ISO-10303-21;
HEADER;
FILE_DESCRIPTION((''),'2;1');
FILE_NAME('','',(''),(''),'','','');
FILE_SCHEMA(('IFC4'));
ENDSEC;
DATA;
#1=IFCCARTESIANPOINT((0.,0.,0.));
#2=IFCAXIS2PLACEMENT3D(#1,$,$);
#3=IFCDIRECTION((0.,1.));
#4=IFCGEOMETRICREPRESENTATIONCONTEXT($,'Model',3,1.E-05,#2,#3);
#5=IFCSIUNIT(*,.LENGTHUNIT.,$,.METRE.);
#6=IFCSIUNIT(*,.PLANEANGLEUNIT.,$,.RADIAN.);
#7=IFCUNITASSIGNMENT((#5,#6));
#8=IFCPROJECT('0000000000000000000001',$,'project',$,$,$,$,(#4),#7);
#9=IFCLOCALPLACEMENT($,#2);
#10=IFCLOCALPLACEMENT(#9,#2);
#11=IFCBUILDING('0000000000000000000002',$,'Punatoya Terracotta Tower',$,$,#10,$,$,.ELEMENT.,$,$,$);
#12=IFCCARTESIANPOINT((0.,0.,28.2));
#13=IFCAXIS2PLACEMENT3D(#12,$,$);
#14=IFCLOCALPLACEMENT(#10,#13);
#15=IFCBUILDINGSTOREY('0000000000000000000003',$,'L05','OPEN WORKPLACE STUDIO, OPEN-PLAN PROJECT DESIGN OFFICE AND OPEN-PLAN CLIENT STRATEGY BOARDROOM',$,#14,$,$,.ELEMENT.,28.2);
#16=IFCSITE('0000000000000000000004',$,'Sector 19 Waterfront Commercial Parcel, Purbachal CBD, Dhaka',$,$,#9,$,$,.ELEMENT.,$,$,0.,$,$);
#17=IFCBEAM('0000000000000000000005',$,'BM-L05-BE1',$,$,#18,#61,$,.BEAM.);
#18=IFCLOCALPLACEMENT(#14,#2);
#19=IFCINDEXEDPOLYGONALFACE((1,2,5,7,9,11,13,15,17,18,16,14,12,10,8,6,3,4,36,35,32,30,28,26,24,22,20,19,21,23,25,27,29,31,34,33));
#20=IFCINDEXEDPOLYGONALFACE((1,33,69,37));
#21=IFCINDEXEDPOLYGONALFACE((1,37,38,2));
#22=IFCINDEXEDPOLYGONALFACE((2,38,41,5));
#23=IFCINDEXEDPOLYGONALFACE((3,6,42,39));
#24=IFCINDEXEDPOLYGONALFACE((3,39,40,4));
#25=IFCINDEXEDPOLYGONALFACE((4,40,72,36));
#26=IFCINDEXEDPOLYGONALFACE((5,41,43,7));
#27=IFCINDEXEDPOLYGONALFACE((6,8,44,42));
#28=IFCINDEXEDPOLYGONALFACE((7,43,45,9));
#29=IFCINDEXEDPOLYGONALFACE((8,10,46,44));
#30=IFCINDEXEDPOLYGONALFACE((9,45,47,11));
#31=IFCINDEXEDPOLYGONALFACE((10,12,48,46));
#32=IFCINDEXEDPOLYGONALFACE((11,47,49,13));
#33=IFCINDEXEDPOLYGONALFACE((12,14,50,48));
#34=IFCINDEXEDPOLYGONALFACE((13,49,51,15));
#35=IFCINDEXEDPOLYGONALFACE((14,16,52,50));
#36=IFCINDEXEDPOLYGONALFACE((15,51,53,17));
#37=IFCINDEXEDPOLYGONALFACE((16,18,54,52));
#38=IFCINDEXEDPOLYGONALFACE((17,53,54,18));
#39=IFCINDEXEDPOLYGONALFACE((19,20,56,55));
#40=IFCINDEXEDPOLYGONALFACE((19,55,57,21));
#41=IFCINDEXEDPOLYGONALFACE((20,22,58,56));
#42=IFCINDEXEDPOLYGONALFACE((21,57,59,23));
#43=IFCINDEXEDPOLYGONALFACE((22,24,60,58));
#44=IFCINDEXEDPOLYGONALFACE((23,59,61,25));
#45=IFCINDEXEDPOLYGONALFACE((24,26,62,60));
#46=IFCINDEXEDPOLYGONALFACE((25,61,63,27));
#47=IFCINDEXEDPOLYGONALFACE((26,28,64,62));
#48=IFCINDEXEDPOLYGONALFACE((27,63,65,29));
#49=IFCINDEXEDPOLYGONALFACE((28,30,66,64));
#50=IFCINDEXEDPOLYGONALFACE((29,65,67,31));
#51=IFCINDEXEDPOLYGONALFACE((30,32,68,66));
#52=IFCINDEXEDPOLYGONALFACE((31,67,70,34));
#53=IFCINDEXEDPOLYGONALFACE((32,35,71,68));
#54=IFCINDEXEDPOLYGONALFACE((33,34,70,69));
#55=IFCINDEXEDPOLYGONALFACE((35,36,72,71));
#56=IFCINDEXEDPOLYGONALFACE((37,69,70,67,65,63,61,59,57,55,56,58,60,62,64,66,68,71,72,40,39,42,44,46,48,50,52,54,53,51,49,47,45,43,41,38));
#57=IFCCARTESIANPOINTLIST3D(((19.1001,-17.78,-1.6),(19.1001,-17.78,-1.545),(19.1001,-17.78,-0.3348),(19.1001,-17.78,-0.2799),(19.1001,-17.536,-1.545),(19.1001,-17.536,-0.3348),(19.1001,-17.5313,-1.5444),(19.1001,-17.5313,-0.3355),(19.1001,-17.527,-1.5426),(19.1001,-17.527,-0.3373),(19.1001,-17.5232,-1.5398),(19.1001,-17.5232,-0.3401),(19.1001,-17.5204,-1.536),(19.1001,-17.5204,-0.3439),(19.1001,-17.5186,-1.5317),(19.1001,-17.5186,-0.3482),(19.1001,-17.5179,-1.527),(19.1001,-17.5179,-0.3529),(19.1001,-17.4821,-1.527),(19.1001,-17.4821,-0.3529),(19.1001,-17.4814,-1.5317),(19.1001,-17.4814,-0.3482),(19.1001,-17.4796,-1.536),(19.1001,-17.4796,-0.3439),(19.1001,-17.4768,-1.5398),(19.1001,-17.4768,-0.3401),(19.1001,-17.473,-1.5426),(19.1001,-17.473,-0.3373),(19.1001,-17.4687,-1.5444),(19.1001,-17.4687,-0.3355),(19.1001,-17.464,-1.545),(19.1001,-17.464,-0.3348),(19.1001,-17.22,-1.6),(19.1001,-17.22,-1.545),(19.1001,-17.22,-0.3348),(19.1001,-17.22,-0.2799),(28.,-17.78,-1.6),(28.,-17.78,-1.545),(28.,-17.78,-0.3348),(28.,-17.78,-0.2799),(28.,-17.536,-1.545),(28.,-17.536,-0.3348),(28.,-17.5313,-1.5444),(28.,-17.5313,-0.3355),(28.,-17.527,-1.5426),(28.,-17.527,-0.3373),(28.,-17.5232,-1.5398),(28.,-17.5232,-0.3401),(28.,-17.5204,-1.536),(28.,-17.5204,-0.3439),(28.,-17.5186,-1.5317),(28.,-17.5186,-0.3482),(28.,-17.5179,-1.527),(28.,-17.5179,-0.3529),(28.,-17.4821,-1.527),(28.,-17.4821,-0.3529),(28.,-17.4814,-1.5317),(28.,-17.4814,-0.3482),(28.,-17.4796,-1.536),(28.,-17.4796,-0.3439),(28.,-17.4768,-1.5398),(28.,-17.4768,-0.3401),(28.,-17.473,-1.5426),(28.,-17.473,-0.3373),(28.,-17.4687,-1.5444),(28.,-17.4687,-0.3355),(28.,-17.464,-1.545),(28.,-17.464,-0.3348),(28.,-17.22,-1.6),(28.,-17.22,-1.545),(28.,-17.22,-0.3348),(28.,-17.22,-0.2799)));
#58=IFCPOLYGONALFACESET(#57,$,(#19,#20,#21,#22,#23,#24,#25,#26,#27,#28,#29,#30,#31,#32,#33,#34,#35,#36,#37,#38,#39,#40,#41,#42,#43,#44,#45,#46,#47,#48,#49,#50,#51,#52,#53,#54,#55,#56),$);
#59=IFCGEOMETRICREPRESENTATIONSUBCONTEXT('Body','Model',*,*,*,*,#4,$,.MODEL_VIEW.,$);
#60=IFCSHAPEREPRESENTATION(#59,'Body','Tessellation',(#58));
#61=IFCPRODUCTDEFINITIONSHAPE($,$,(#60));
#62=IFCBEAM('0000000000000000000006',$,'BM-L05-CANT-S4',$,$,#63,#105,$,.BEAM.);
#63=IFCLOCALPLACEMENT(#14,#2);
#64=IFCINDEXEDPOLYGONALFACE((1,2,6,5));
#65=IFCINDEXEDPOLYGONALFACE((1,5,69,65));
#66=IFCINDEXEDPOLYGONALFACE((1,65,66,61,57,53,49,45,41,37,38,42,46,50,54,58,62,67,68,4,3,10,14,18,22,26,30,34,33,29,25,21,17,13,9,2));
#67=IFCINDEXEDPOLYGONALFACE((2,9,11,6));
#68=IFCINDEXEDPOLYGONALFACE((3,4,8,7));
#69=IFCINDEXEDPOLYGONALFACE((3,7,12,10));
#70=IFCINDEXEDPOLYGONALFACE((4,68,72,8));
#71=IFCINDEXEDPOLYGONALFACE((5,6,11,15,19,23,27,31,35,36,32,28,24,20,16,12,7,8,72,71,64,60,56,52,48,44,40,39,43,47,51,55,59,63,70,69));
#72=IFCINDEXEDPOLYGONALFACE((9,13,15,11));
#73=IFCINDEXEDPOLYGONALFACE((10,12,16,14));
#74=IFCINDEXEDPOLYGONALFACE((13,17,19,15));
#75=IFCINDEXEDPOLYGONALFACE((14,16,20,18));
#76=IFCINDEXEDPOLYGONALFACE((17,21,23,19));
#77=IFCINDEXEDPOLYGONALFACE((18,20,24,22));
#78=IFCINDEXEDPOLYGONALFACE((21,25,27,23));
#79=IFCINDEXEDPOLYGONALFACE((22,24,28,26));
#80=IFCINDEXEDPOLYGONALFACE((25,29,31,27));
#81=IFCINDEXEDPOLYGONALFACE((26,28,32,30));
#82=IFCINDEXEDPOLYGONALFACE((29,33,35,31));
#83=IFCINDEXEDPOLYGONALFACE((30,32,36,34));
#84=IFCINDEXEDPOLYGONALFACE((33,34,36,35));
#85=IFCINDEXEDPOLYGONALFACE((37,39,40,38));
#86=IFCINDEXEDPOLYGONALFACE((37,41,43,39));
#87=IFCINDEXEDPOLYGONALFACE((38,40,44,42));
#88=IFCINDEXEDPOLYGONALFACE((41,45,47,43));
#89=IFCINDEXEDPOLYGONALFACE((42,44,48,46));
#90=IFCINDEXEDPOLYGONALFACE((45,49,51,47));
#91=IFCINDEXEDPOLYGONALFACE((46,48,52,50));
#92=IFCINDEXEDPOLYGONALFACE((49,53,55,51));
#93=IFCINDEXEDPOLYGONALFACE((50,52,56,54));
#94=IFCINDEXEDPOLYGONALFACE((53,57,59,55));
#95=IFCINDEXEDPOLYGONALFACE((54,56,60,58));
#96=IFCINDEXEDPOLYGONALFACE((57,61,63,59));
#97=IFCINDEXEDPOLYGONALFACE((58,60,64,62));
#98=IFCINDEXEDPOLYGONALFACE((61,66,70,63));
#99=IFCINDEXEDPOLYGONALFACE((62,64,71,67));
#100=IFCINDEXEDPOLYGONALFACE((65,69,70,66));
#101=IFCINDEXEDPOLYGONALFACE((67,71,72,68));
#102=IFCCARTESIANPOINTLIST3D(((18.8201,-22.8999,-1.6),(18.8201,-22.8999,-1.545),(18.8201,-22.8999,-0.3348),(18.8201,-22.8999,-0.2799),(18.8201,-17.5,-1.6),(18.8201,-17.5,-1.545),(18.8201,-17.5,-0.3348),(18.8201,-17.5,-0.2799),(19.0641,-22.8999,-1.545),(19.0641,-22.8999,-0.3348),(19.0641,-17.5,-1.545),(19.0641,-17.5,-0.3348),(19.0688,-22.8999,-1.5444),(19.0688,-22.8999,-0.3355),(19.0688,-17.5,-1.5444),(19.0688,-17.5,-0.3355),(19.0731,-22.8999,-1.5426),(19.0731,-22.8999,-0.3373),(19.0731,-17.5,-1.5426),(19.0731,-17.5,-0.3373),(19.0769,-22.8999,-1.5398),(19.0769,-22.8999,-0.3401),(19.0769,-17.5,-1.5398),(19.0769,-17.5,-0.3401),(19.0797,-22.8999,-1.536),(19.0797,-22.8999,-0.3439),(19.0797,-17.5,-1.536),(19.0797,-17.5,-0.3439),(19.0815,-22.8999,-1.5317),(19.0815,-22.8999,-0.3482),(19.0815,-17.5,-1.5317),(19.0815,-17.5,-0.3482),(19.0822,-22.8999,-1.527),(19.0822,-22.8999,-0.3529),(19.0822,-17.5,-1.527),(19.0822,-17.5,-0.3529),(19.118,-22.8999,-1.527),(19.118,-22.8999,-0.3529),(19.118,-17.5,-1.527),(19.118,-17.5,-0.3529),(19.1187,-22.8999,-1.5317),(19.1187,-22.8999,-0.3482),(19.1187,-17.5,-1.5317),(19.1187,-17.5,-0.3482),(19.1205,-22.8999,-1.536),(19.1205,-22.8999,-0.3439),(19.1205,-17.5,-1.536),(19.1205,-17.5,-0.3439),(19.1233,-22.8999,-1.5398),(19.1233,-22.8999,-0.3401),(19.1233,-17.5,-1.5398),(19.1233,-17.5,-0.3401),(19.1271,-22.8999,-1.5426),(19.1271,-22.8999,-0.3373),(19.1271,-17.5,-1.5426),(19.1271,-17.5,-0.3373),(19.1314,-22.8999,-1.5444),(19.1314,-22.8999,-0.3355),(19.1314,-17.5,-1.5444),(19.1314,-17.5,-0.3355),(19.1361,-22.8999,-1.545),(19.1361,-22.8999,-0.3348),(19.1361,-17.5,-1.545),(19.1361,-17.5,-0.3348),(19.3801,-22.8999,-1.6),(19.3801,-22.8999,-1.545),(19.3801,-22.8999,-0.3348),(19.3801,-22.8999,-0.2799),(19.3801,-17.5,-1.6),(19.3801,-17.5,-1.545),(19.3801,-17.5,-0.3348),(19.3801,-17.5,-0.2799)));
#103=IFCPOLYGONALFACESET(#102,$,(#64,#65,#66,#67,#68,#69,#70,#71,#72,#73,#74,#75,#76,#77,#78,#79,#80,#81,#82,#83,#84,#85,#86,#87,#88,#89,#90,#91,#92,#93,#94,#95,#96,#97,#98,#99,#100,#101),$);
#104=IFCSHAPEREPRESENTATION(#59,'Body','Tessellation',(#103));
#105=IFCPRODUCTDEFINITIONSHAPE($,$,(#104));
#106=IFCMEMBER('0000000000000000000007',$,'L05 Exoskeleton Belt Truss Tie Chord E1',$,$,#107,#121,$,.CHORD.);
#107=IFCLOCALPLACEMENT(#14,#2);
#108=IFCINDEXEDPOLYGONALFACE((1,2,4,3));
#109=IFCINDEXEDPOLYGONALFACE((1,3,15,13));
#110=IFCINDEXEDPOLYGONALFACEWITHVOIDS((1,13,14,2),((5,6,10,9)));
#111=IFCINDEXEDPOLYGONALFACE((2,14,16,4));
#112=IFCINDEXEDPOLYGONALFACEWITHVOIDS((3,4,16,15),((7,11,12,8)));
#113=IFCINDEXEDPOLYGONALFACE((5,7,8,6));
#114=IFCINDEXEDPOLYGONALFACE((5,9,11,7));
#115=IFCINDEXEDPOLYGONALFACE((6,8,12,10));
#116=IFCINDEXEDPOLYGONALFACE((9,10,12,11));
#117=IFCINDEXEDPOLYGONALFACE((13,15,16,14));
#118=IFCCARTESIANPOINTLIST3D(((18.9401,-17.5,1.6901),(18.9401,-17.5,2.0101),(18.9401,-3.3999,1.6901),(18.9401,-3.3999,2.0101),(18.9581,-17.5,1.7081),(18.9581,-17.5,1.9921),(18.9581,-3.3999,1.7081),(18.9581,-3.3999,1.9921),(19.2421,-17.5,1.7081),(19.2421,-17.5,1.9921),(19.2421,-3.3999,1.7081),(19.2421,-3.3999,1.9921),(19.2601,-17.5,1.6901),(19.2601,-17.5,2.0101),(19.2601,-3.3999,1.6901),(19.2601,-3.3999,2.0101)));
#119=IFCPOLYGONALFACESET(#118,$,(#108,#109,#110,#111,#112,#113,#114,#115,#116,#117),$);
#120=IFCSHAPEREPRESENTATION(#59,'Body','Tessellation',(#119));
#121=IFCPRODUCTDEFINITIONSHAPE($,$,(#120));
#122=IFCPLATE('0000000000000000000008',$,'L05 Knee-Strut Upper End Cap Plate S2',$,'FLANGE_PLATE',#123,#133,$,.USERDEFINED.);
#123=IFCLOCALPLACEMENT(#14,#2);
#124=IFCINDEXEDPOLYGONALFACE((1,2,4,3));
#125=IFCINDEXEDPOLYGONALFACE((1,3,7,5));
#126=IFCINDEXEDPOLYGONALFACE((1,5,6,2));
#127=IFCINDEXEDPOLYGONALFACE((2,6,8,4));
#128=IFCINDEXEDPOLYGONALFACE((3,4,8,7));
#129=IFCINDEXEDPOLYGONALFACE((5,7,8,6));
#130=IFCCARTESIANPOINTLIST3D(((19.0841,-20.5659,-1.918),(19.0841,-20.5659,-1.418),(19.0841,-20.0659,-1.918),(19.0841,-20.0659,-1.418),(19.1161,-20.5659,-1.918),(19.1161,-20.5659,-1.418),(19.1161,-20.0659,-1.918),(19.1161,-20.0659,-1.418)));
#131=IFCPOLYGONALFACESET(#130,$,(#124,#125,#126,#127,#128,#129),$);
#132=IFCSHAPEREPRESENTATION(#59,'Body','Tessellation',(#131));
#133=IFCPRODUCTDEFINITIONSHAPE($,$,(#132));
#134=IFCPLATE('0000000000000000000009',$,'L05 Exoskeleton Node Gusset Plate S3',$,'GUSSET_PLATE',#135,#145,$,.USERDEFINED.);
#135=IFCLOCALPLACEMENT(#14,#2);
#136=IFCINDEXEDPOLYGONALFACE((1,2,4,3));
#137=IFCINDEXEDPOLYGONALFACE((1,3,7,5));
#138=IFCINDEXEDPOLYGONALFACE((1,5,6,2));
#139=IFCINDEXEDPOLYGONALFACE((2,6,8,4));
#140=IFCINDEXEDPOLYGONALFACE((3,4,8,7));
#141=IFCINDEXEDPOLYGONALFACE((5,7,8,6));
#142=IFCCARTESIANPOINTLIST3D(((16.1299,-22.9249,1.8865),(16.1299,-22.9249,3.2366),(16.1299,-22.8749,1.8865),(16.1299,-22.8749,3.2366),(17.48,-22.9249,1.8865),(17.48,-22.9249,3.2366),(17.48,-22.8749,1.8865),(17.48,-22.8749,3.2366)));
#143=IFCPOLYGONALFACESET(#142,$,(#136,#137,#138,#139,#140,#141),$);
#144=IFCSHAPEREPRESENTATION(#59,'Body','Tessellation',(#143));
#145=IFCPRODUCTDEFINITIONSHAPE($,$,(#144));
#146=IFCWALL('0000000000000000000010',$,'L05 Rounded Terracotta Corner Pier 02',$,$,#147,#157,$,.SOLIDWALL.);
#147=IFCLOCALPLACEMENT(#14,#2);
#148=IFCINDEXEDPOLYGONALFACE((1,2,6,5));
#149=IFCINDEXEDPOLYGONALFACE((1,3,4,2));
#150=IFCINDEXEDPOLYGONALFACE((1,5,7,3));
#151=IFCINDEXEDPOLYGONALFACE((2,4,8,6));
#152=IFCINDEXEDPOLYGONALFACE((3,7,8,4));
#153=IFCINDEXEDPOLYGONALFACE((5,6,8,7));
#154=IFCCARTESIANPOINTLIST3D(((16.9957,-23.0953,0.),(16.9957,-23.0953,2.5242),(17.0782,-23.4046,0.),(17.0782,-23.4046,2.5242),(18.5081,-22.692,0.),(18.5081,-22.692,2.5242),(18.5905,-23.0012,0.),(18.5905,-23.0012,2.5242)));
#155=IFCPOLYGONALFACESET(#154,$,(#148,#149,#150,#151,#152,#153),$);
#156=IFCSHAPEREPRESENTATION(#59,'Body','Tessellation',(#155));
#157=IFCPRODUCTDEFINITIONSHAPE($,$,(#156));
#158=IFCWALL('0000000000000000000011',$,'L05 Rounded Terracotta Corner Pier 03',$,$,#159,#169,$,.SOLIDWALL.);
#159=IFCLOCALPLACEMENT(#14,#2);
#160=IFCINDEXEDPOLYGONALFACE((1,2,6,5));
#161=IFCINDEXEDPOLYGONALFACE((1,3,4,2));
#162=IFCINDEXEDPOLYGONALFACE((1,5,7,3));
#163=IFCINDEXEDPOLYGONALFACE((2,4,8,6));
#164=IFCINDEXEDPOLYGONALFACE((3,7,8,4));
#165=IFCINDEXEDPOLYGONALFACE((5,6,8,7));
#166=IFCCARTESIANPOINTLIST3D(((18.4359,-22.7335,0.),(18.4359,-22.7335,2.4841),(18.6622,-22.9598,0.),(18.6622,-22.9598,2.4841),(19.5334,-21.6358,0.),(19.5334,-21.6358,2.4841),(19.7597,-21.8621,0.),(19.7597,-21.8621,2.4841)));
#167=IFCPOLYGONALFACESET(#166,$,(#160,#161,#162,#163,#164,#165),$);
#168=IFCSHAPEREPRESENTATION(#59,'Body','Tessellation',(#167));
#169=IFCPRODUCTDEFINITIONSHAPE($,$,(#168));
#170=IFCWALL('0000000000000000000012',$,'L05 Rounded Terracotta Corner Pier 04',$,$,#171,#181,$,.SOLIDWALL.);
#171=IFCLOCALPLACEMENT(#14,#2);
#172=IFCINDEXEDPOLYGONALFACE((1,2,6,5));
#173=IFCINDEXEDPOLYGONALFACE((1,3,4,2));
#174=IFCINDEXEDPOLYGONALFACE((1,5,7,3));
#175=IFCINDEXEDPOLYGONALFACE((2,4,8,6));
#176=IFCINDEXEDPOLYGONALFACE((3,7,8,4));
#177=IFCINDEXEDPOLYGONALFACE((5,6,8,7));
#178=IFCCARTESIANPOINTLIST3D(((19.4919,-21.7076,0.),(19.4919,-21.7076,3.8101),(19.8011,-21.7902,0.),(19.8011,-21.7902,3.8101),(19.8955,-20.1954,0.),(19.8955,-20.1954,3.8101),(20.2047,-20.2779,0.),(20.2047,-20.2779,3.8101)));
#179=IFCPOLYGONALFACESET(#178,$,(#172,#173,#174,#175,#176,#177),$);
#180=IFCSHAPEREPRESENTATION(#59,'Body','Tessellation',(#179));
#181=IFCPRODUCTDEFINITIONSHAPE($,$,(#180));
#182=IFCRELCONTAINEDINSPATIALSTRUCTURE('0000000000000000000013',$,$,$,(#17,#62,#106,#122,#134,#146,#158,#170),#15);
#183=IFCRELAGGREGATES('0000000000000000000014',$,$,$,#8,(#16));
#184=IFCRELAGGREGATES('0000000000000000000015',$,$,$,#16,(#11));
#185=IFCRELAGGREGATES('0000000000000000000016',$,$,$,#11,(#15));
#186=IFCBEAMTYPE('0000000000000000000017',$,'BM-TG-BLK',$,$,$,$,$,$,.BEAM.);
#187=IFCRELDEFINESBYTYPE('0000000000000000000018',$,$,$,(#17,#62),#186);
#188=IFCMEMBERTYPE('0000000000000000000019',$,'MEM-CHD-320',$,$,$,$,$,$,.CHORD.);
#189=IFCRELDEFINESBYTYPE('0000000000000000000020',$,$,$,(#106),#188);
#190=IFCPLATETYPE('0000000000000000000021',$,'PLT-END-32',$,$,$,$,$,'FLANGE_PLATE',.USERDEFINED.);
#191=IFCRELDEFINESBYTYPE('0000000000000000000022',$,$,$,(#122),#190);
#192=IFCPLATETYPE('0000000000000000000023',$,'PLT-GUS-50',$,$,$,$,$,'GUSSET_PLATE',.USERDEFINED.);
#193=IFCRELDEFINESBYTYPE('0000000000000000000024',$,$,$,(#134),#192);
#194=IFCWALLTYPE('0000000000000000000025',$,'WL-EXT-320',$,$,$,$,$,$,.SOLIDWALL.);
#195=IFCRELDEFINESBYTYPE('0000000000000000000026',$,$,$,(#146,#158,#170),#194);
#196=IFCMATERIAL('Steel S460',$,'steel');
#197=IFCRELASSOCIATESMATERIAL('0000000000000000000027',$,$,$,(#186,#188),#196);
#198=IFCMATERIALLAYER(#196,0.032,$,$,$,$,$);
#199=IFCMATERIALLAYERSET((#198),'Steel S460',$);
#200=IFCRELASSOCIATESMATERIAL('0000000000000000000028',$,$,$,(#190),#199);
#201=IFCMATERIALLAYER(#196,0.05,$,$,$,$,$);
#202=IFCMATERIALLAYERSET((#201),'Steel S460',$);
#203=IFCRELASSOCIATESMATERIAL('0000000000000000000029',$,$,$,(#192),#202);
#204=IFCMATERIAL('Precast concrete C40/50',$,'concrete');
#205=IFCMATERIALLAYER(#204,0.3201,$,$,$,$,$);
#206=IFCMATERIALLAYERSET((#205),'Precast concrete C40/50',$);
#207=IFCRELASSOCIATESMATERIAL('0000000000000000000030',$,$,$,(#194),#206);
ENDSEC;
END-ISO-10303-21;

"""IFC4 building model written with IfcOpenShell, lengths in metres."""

from ifc_helpers import new_model, si_unit, direction, frame, frame_2d, origin, origin_2d, place, context, subcontext, project, spatial, rectangle, hollow_rectangle, i_section, extrude, material, layer, layer_set, material_profile, profile_set, type_object, element, save


model = new_model("IFC4")

# Units and contexts
model_context = context("Model", 3, precision=1e-05, world=origin(), true_north=direction((0.0, 1.0)))
body_context = subcontext(model_context, "Body", "Model", "MODEL_VIEW")
ifc_project = project(units=[si_unit("LENGTHUNIT", "METRE"), si_unit("PLANEANGLEUNIT", "RADIAN")], contexts=[model_context])

# Site, building, storey
site_placement = place(None, origin())
site = spatial("IfcSite", under=ifc_project, at=site_placement, Name="Sector 19 Waterfront Commercial Parcel, Purbachal CBD, Dhaka", CompositionType="ELEMENT", RefElevation=0.0)
building_placement = place(site_placement, origin())
building = spatial("IfcBuilding", under=site, at=building_placement, Name="Punatoya Terracotta Tower", CompositionType="ELEMENT")
storey_placement = place(building_placement, frame((0.0, 0.0, 28.2)))
storey = spatial("IfcBuildingStorey", under=building, at=storey_placement, Name="L05", Description="OPEN WORKPLACE STUDIO, OPEN-PLAN PROJECT DESIGN OFFICE AND OPEN-PLAN CLIENT STRATEGY BOARDROOM", CompositionType="ELEMENT", Elevation=28.2)

# Shared definitions
ifc_material_1 = material(Name="Steel S460", Category="steel")

# Beams
ifc_material_profile_1 = material_profile(ifc_material_1, i_section(OverallWidth=0.5601, OverallDepth=1.3201, WebThickness=0.0359, FlangeThickness=0.0549, FilletRadius=0.0181, at=origin_2d()))
ifc_profile_set_1 = profile_set([ifc_material_profile_1], Name="Steel S460")
beam_type_1 = type_object("IfcBeamType", Name="BM-TG-BLK", PredefinedType="BEAM", material=ifc_profile_set_1)
for number, where, z_axis, x_axis, name in (
    (1, (19.1001, -17.5, -0.9399), (1.0, 0.0, 0.0), (0.0, 1.0, 0.0), "BM-L05-BE1"),
):
    element("IfcBeam", number, at=place(storey_placement, frame(where, z_axis=z_axis, x_axis=x_axis)), inside=storey, type_object=beam_type_1, Name=name, PredefinedType="BEAM", context=body_context, shape_type="SweptSolid", body=[
        extrude(i_section(OverallWidth=0.5601, OverallDepth=1.3201, WebThickness=0.0359, FlangeThickness=0.0549, FilletRadius=0.0181, at=origin_2d()), origin(), (0.0, 0.0, 1.0), 8.8999),
    ])
beam_1_placement = place(storey_placement, frame((19.1001, -22.8999, -0.9399), z_axis=(0.0, 1.0, 0.0), x_axis=(-1.0, 0.0, 0.0)))
element("IfcBeam", 2, at=beam_1_placement, inside=storey, type_object=beam_type_1, Name="BM-L05-CANT-S4", PredefinedType="BEAM", context=body_context, shape_type="SweptSolid", body=[
    extrude(i_section(OverallWidth=0.5601, OverallDepth=1.3201, WebThickness=0.0359, FlangeThickness=0.0549, FilletRadius=0.0181, at=origin_2d()), origin(), (0.0, 0.0, 1.0), 5.3999),
])

# Member
ifc_material_profile_2 = material_profile(ifc_material_1, hollow_rectangle(XDim=0.3201, YDim=0.3201, WallThickness=0.0181, at=origin_2d()))
ifc_profile_set_2 = profile_set([ifc_material_profile_2], Name="Steel S460")
member_type = type_object("IfcMemberType", Name="MEM-CHD-320", PredefinedType="CHORD", material=ifc_profile_set_2)
member_placement = place(storey_placement, frame((19.1001, -17.5, 1.8501), z_axis=(0.0, 1.0, 0.0), x_axis=(-1.0, 0.0, 0.0)))
element("IfcMember", 3, at=member_placement, inside=storey, type_object=member_type, Name="L05 Exoskeleton Belt Truss Tie Chord E1", PredefinedType="CHORD", context=body_context, shape_type="SweptSolid", body=[
    extrude(hollow_rectangle(XDim=0.3201, YDim=0.3201, WallThickness=0.0181, at=origin_2d()), origin(), (0.0, 0.0, 1.0), 14.1001),
])

# Plates
ifc_layer_1 = layer(ifc_material_1, 0.032)
ifc_layer_set_1 = layer_set([ifc_layer_1], Name="Steel S460")
plate_type_1 = type_object("IfcPlateType", Name="PLT-END-32", ElementType="FLANGE_PLATE", PredefinedType="USERDEFINED", material=ifc_layer_set_1)
plate_1_placement = place(storey_placement, frame((19.1001, -20.3159, -1.918), z_axis=(0.0, 0.0, 1.0), x_axis=(0.0, 1.0, 0.0)))
element("IfcPlate", 4, at=plate_1_placement, inside=storey, type_object=plate_type_1, Name="L05 Knee-Strut Upper End Cap Plate S2", ObjectType="FLANGE_PLATE", PredefinedType="USERDEFINED", context=body_context, shape_type="SweptSolid", body=[
    extrude(rectangle(XDim=0.5, YDim=0.032, at=origin_2d()), origin(), (0.0, 0.0, 1.0), 0.5),
])
ifc_layer_2 = layer(ifc_material_1, 0.05)
ifc_layer_set_2 = layer_set([ifc_layer_2], Name="Steel S460")
plate_type_2 = type_object("IfcPlateType", Name="PLT-GUS-50", ElementType="GUSSET_PLATE", PredefinedType="USERDEFINED", material=ifc_layer_set_2)
plate_2_placement = place(storey_placement, frame((16.8049, -22.8999, 1.8865), z_axis=(0.0, 0.0, 1.0), x_axis=(1.0, 0.0, 0.0)))
element("IfcPlate", 5, at=plate_2_placement, inside=storey, type_object=plate_type_2, Name="L05 Exoskeleton Node Gusset Plate S3", ObjectType="GUSSET_PLATE", PredefinedType="USERDEFINED", context=body_context, shape_type="SweptSolid", body=[
    extrude(rectangle(XDim=1.3501, YDim=0.05, at=origin_2d()), origin(), (0.0, 0.0, 1.0), 1.3501),
])

# Walls
ifc_material_2 = material(Name="Precast concrete C40/50", Category="concrete")
ifc_layer_3 = layer(ifc_material_2, 0.3201)
ifc_layer_set_3 = layer_set([ifc_layer_3], Name="Precast concrete C40/50")
wall_type_1 = type_object("IfcWallType", Name="WL-EXT-320", PredefinedType="SOLIDWALL", material=ifc_layer_set_3)
wall_1_placement = place(storey_placement, frame((17.0369, -23.25, 0.0), z_axis=(0.0, 0.0, 1.0), x_axis=(0.966225, 0.257701, 0.0)))
element("IfcWall", 6, at=wall_1_placement, inside=storey, type_object=wall_type_1, Name="L05 Rounded Terracotta Corner Pier 02", PredefinedType="SOLIDWALL", context=body_context, shape_type="SweptSolid", body=[
    extrude(rectangle(XDim=1.5652, YDim=0.3201, at=frame_2d((0.7827, 0.0))), origin(), (0.0, 0.0, 1.0), 2.5242),
])
wall_2_placement = place(storey_placement, frame((18.5491, -22.8467, 0.0), z_axis=(0.0, 0.0, 1.0), x_axis=(0.707028, 0.707185, 0.0)))
element("IfcWall", 7, at=wall_2_placement, inside=storey, type_object=wall_type_1, Name="L05 Rounded Terracotta Corner Pier 03", PredefinedType="SOLIDWALL", context=body_context, shape_type="SweptSolid", body=[
    extrude(rectangle(XDim=1.5522, YDim=0.3201, at=frame_2d((0.7761, 0.0))), origin(), (0.0, 0.0, 1.0), 2.4841),
])
wall_3_placement = place(storey_placement, frame((19.6465, -21.749, 0.0), z_axis=(0.0, 0.0, 1.0), x_axis=(0.257847, 0.966186, 0.0)))
element("IfcWall", 8, at=wall_3_placement, inside=storey, type_object=wall_type_1, Name="L05 Rounded Terracotta Corner Pier 04", PredefinedType="SOLIDWALL", context=body_context, shape_type="SweptSolid", body=[
    extrude(rectangle(XDim=1.5652, YDim=0.3201, at=frame_2d((0.7827, 0.0))), origin(), (0.0, 0.0, 1.0), 3.8101),
])

save(model, "model.ifc")
